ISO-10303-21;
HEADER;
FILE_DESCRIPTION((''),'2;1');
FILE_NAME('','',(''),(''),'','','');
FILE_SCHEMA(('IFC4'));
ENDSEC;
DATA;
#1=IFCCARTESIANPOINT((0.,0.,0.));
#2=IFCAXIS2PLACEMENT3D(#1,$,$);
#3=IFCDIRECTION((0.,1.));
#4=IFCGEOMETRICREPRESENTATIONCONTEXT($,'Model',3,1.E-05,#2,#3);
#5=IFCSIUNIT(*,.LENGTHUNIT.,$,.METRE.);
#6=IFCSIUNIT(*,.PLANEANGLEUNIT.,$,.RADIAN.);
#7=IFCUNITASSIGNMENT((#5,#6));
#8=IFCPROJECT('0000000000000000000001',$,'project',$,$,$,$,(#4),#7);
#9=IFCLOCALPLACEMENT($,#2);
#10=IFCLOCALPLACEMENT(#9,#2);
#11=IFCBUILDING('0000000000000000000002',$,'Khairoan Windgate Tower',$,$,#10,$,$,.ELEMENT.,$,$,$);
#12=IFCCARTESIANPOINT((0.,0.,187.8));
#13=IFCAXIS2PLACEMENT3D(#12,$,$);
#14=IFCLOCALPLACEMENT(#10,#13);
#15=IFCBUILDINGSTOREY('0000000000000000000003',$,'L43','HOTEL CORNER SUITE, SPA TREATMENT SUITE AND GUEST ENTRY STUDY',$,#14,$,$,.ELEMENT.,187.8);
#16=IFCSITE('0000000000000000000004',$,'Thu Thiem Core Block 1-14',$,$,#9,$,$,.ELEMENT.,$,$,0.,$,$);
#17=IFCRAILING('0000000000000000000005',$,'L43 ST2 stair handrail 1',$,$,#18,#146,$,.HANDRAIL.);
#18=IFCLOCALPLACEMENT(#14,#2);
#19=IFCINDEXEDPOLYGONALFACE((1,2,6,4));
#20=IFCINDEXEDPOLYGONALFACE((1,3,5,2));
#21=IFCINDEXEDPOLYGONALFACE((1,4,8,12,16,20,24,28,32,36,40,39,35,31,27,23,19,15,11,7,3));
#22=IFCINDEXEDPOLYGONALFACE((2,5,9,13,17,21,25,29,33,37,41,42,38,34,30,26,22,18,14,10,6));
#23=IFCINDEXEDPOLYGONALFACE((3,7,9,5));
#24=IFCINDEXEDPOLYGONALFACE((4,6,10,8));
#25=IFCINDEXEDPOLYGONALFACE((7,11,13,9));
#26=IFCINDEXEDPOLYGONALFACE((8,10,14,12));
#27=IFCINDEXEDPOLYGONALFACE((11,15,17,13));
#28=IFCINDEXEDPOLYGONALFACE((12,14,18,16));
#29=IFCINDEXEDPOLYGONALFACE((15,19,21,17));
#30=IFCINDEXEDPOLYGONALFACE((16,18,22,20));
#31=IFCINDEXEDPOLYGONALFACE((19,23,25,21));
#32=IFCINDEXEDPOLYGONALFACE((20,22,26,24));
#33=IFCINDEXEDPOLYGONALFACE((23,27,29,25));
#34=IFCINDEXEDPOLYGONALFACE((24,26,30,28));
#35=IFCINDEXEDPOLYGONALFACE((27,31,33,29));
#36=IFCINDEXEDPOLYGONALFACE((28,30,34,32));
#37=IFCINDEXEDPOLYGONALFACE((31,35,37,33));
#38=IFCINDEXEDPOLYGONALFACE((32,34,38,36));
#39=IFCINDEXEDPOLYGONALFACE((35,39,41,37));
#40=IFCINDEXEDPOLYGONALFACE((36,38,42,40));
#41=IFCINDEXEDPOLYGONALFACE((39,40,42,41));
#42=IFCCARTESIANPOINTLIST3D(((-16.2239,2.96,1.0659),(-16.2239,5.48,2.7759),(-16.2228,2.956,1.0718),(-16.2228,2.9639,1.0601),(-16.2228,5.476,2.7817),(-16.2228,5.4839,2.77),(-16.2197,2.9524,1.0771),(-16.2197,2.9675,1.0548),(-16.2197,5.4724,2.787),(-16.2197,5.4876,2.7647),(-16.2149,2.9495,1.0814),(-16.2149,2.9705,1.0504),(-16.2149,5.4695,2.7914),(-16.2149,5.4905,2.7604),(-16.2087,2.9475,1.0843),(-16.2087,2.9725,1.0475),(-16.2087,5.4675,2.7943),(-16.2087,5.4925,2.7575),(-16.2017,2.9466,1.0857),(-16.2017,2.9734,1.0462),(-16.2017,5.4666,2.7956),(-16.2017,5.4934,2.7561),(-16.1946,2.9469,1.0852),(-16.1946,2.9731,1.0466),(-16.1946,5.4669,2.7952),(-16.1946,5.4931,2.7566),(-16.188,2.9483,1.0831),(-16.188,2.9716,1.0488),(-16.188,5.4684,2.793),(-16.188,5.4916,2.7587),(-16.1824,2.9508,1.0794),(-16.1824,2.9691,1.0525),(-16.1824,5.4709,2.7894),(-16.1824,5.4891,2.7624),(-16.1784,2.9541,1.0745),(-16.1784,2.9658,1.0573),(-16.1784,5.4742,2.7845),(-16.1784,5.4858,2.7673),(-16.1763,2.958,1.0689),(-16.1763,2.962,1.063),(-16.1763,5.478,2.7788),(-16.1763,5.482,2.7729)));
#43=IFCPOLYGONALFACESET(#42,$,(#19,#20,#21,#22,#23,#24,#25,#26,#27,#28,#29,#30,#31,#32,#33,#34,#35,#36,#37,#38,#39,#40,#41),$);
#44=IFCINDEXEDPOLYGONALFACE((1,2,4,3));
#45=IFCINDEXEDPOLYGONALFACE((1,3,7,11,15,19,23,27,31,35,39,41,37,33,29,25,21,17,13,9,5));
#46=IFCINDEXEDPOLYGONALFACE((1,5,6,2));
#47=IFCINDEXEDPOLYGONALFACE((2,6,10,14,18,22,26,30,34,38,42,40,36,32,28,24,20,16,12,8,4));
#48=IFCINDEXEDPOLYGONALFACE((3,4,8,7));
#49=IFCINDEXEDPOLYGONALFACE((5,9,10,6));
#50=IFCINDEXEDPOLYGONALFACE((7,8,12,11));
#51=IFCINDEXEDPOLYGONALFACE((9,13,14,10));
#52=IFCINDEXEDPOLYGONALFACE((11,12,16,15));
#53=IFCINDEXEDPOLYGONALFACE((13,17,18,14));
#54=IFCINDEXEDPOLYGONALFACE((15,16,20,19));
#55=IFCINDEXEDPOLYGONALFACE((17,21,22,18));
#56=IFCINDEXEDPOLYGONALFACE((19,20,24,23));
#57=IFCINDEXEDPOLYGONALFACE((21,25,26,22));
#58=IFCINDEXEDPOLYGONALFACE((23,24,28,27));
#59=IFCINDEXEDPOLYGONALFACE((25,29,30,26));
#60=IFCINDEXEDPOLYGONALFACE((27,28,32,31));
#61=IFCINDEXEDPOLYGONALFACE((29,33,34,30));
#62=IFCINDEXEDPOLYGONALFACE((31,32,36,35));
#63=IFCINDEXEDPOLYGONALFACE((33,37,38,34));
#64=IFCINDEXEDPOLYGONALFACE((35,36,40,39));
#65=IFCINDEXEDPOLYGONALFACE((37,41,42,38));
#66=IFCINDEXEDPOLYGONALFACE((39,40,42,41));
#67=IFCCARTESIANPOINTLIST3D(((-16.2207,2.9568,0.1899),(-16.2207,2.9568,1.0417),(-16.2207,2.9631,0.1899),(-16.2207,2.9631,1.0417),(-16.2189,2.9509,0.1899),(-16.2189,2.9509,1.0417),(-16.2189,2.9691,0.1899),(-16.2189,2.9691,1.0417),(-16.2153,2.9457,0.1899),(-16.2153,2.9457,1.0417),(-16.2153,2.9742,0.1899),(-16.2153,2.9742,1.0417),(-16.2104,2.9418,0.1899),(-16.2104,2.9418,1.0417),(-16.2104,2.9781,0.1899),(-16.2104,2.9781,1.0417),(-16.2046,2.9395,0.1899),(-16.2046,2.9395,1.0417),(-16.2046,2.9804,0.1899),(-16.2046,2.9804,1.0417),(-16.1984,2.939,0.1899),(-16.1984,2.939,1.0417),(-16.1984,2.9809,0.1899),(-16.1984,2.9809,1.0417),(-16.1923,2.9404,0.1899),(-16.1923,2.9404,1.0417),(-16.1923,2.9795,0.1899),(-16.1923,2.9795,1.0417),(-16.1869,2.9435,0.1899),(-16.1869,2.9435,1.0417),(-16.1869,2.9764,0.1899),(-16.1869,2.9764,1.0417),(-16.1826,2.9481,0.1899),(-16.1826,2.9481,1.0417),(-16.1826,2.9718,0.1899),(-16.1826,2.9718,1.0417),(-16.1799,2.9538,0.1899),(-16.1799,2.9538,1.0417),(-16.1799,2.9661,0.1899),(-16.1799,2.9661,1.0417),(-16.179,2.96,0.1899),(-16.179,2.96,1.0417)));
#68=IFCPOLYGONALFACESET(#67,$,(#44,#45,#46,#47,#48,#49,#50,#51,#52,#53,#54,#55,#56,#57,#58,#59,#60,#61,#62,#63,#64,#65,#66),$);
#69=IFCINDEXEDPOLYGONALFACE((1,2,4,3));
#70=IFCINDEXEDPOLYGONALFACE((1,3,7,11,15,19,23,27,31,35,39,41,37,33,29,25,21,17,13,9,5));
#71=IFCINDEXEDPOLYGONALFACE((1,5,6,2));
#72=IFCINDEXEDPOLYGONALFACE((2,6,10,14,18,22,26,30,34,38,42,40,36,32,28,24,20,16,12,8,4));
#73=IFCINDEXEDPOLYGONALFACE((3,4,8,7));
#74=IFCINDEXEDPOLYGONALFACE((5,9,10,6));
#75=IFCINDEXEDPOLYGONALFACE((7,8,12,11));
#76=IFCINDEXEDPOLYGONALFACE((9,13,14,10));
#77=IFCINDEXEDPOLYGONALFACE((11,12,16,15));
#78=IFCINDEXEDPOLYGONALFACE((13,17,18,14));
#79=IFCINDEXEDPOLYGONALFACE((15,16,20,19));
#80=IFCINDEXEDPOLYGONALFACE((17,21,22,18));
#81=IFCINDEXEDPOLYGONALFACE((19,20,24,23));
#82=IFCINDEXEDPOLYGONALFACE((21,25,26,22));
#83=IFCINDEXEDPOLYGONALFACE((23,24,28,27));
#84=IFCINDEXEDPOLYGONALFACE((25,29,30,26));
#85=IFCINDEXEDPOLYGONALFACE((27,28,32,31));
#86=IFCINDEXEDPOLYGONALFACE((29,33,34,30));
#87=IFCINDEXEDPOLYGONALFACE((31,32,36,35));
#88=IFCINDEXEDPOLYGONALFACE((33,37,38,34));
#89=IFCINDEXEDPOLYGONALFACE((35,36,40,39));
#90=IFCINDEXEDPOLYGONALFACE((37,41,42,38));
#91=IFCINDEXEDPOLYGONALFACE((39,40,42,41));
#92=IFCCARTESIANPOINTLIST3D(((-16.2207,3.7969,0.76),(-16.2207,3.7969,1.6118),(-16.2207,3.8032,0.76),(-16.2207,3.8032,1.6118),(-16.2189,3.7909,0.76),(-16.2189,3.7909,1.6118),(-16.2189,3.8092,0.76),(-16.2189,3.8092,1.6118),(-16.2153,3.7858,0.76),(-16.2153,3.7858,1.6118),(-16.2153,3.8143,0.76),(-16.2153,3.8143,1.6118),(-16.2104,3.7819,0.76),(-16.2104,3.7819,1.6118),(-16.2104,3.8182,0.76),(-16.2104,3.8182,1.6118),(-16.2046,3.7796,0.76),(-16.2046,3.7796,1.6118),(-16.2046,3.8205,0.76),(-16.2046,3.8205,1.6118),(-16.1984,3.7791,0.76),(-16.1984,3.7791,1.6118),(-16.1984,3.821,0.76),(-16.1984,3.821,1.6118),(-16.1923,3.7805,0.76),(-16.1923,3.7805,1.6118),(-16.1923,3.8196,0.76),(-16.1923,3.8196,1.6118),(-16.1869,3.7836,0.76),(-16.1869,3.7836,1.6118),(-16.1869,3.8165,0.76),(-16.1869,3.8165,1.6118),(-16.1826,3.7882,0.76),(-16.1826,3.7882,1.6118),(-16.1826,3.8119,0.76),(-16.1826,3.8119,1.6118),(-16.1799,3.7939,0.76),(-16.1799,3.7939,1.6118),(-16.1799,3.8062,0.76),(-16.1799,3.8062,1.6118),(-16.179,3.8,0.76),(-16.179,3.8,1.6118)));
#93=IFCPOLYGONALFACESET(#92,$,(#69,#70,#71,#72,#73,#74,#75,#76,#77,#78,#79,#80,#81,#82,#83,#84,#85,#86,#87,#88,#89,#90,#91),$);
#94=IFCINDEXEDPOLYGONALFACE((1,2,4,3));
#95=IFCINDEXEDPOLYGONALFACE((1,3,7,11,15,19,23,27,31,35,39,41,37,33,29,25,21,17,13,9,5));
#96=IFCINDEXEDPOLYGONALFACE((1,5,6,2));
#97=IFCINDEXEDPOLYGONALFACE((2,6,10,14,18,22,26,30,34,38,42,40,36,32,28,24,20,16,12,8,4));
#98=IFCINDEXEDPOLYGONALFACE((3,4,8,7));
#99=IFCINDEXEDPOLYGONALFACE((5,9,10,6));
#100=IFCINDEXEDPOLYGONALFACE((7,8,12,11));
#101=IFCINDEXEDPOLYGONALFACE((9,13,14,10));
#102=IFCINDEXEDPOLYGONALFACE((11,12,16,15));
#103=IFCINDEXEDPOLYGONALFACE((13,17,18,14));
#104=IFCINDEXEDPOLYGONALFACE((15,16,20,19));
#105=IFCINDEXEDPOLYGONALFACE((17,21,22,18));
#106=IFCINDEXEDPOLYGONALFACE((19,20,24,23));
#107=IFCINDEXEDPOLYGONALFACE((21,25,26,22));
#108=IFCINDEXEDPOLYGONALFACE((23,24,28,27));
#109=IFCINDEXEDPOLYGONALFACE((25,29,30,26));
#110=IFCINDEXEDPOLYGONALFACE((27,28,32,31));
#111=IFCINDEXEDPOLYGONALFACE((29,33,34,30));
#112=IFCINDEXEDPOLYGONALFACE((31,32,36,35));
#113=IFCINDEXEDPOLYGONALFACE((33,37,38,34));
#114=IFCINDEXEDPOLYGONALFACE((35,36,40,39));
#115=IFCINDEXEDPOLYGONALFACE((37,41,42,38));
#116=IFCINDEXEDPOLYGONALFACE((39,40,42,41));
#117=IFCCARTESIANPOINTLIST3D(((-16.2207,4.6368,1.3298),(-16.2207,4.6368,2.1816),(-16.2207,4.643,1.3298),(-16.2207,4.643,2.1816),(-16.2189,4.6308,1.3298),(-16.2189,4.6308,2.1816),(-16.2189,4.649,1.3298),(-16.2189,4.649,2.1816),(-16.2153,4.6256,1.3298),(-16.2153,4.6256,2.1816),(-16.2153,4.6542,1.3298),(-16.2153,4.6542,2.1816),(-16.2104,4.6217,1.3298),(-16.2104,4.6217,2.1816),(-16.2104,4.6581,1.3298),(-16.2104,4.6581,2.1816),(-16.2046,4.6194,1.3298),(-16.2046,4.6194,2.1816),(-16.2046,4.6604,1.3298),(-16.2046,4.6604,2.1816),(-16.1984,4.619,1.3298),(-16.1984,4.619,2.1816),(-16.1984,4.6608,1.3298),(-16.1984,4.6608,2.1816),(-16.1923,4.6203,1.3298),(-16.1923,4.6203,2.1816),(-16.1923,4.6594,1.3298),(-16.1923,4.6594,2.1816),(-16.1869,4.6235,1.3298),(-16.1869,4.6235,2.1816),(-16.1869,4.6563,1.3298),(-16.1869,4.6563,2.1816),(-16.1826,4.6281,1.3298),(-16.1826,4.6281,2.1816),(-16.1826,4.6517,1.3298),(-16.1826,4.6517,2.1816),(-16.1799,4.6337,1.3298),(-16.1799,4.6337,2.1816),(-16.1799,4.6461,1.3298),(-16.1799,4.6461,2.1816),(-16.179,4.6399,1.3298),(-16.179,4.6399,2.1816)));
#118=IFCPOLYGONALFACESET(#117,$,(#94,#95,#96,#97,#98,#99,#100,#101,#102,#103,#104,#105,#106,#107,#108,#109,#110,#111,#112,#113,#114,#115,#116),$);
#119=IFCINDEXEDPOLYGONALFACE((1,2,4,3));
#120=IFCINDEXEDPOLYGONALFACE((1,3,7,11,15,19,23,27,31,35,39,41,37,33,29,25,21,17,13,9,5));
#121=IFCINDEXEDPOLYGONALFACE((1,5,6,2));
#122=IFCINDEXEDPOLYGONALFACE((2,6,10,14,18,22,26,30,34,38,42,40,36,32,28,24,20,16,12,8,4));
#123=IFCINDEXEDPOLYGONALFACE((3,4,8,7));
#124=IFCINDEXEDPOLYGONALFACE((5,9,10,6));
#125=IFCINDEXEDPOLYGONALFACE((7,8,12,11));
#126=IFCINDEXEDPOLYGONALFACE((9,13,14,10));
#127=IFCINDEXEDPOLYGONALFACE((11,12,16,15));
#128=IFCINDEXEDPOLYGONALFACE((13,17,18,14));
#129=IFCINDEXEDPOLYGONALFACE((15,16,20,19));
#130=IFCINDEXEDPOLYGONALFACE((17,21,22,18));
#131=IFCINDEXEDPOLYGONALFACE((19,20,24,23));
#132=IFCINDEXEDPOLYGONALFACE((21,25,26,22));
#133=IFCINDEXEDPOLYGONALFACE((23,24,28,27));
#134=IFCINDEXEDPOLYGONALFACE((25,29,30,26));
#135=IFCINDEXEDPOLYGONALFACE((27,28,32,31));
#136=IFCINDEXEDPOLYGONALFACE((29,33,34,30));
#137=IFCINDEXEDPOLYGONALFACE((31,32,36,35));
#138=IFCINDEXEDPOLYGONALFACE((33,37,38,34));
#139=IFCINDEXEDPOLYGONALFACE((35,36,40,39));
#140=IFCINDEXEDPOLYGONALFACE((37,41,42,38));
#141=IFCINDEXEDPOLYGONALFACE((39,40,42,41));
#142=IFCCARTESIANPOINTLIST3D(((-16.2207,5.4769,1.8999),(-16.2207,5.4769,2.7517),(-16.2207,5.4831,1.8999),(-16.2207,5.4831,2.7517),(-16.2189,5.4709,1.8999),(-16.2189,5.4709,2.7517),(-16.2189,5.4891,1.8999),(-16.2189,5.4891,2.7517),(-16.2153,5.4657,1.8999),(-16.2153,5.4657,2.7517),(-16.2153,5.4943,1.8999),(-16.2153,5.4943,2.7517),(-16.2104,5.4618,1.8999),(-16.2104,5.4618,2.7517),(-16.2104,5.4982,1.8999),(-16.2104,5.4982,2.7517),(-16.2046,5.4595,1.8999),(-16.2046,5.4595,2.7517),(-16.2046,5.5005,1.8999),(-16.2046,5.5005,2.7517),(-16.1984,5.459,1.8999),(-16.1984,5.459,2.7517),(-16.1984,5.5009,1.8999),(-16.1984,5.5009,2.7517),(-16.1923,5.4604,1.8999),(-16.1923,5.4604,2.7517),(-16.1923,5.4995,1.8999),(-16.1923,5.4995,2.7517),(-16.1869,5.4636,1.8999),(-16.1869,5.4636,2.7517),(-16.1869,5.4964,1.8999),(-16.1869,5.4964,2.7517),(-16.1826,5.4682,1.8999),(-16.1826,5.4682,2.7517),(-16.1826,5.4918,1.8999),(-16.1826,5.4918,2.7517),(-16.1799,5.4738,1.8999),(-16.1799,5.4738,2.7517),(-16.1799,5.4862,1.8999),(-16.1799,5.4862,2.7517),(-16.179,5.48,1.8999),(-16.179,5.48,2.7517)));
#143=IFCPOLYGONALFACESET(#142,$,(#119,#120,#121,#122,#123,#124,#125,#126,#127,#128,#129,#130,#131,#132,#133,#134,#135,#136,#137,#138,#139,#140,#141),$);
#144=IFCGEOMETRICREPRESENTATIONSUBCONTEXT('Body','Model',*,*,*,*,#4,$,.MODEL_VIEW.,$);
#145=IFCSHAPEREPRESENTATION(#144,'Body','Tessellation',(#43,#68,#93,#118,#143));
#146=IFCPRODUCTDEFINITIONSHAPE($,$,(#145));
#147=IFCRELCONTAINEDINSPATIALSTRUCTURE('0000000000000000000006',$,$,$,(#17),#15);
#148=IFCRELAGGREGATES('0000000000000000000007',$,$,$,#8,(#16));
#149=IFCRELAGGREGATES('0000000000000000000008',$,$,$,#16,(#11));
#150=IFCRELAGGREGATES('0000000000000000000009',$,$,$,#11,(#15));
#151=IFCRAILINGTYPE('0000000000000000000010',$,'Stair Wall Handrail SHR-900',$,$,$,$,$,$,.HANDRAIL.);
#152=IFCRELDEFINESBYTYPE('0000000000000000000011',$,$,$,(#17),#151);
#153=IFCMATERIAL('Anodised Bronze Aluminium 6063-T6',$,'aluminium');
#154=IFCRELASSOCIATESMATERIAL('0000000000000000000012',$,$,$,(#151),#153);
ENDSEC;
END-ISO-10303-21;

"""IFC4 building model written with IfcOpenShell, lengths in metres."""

from ifc_helpers import new_model, si_unit, direction, frame, origin, origin_2d, place, context, subcontext, project, spatial, circle, extrude, material, type_object, element, save


model = new_model("IFC4")

# Units and contexts
model_context = context("Model", 3, precision=1e-05, world=origin(), true_north=direction((0.0, 1.0)))
body_context = subcontext(model_context, "Body", "Model", "MODEL_VIEW")
ifc_project = project(units=[si_unit("LENGTHUNIT", "METRE"), si_unit("PLANEANGLEUNIT", "RADIAN")], contexts=[model_context])

# Site, building, storey
site_placement = place(None, origin())
site = spatial("IfcSite", under=ifc_project, at=site_placement, Name="Thu Thiem Core Block 1-14", CompositionType="ELEMENT", RefElevation=0.0)
building_placement = place(site_placement, origin())
building = spatial("IfcBuilding", under=site, at=building_placement, Name="Khairoan Windgate Tower", CompositionType="ELEMENT")
storey_placement = place(building_placement, frame((0.0, 0.0, 187.8)))
storey = spatial("IfcBuildingStorey", under=building, at=storey_placement, Name="L43", Description="HOTEL CORNER SUITE, SPA TREATMENT SUITE AND GUEST ENTRY STUDY", CompositionType="ELEMENT", Elevation=187.8)

# Railing
ifc_material_1 = material(Name="Anodised Bronze Aluminium 6063-T6", Category="aluminium")
railing_type_1 = type_object("IfcRailingType", Name="Stair Wall Handrail SHR-900", PredefinedType="HANDRAIL", material=ifc_material_1)
railing_1_placement = place(storey_placement, frame((-16.2, 2.96, 0.1899)))
element("IfcRailing", 1, at=railing_1_placement, inside=storey, type_object=railing_type_1, Name="L43 ST2 stair handrail 1", PredefinedType="HANDRAIL", context=body_context, shape_type="SweptSolid", body=[
    extrude(circle(Radius=0.0239, at=origin_2d()), frame((0.0, 0.0, 0.876), z_axis=(0.0, 0.827484, 0.56149), x_axis=(-1.0, 0.0, 0.0)), (0.0, 0.0, 1.0), 3.0454),
    extrude(circle(Radius=0.021, at=origin_2d()), origin(), (0.0, 0.0, 1.0), 0.8518),
    extrude(circle(Radius=0.021, at=origin_2d()), frame((0.0, 0.8401, 0.5701)), (0.0, 0.0, 1.0), 0.8518),
    extrude(circle(Radius=0.021, at=origin_2d()), frame((0.0, 1.6799, 1.1399)), (0.0, 0.0, 1.0), 0.8518),
    extrude(circle(Radius=0.021, at=origin_2d()), frame((0.0, 2.52, 1.71)), (0.0, 0.0, 1.0), 0.8518),
])

save(model, "model.ifc")
